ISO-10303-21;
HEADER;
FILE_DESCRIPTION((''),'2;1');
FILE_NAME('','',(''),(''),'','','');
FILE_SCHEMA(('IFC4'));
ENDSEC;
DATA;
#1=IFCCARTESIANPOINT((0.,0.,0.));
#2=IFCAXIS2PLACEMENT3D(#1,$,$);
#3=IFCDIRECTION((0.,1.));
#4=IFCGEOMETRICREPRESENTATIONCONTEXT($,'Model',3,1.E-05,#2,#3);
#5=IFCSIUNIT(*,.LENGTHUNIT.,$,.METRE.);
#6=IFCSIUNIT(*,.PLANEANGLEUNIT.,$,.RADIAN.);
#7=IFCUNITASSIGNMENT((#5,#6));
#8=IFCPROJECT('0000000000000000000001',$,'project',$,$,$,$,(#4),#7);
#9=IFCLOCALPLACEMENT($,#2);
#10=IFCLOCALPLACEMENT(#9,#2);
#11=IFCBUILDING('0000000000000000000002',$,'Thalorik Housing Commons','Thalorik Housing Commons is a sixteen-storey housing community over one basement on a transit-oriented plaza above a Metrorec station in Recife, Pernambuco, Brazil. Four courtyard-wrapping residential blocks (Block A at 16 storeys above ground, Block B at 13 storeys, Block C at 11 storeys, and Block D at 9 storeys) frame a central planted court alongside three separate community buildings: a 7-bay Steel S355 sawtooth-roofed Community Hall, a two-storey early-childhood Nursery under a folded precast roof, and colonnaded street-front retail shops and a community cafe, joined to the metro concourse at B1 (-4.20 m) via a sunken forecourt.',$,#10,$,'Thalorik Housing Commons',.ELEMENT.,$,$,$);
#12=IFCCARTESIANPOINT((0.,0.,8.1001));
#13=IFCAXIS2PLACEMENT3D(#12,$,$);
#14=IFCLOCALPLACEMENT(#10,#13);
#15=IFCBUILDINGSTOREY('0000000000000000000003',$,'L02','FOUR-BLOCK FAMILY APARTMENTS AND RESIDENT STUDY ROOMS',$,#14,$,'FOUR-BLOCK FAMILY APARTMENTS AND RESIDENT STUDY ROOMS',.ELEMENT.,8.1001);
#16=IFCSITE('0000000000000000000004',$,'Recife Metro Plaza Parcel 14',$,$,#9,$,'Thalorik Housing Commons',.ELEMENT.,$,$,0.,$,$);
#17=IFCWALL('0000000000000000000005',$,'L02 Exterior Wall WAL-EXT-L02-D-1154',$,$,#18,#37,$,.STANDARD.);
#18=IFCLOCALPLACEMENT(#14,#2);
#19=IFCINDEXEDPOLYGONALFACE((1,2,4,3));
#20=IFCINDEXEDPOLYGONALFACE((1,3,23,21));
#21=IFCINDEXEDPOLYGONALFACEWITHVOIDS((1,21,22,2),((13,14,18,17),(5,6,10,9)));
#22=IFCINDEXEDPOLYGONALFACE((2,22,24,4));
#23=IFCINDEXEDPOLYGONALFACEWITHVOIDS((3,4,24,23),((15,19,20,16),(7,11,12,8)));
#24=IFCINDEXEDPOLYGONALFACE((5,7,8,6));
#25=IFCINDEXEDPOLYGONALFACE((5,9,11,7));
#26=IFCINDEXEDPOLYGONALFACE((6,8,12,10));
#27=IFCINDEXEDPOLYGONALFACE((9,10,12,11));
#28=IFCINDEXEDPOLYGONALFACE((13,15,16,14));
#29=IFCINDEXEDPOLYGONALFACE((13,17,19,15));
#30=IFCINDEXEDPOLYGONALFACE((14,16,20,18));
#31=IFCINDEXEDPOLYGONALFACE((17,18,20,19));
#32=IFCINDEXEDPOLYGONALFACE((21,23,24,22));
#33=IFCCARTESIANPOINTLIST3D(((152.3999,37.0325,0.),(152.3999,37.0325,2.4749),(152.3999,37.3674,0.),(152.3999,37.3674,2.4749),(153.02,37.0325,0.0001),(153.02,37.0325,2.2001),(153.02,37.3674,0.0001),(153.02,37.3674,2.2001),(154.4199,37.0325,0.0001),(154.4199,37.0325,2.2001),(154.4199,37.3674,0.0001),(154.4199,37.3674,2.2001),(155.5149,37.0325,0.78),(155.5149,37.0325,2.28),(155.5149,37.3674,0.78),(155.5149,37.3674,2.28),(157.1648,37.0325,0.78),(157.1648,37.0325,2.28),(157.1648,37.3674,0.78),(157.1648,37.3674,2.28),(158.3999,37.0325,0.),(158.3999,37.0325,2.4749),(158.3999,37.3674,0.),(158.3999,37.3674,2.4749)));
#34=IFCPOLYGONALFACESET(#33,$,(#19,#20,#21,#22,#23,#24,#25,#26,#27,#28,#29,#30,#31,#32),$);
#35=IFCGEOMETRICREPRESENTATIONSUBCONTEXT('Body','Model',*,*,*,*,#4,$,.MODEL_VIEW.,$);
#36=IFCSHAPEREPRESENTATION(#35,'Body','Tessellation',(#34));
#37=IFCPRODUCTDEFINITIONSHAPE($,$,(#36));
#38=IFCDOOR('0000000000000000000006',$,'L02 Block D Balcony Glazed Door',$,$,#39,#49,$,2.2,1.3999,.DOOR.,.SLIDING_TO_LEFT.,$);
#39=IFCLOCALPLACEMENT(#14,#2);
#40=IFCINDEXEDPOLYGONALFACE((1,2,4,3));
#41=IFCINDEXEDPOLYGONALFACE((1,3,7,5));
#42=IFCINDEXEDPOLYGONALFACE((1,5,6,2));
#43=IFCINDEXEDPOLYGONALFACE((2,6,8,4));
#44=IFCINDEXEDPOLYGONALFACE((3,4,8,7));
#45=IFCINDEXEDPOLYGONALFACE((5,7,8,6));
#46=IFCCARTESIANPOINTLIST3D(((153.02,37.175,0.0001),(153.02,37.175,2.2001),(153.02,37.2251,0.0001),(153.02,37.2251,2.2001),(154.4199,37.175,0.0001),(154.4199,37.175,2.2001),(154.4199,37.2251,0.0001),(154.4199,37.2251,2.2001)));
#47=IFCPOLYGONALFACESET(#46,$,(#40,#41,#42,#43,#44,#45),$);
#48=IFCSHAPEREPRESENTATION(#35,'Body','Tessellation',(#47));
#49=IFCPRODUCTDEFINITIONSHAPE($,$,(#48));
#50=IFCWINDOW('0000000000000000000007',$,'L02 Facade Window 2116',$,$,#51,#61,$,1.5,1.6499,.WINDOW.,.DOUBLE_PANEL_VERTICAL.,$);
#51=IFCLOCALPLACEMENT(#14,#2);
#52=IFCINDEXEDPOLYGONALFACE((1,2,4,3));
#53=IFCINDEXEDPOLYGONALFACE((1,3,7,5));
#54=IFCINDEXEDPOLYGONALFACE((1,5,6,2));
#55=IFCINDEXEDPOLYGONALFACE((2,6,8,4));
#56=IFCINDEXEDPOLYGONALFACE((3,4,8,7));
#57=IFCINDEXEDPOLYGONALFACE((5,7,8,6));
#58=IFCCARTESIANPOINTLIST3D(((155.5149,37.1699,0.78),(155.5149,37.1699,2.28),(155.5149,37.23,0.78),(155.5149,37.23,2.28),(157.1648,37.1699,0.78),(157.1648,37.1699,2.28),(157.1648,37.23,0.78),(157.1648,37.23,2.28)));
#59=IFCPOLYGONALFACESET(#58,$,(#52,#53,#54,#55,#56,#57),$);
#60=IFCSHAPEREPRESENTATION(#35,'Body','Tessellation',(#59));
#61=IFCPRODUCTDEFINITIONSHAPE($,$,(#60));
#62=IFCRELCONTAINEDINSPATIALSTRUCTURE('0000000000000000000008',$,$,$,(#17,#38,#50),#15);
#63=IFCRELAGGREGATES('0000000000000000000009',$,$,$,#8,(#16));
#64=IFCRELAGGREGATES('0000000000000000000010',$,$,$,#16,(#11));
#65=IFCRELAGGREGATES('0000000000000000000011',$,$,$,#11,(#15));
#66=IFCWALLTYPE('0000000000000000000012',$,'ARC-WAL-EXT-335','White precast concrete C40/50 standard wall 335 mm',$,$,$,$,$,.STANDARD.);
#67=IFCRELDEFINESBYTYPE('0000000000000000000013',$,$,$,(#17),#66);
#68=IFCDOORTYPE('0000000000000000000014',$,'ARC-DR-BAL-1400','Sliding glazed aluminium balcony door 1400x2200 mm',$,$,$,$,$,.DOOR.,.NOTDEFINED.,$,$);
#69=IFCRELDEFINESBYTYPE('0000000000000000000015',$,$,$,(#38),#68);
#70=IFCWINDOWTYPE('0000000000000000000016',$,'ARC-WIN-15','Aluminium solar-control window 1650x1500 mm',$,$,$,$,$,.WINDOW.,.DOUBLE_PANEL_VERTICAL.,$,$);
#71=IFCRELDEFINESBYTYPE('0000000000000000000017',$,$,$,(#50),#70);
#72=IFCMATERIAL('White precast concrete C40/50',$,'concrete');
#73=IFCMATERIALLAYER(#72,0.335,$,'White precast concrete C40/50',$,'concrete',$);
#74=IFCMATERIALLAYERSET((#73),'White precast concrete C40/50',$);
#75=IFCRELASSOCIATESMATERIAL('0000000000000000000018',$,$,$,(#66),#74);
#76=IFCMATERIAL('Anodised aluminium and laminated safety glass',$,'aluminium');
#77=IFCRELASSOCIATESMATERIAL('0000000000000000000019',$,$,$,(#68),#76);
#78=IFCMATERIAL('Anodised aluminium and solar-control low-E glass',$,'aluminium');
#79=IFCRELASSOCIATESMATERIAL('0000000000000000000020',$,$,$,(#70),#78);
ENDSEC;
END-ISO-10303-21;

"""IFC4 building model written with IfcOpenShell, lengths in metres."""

from ifc_helpers import new_model, si_unit, direction, frame, frame_2d, origin, place, context, subcontext, project, spatial, rectangle, extrude, material, layer, layer_set, type_object, element, fill, save


model = new_model("IFC4")

# Units and contexts
model_context = context("Model", 3, precision=1e-05, world=origin(), true_north=direction((0.0, 1.0)))
body_context = subcontext(model_context, "Body", "Model", "MODEL_VIEW")
ifc_project = project(units=[si_unit("LENGTHUNIT", "METRE"), si_unit("PLANEANGLEUNIT", "RADIAN")], contexts=[model_context])

# Site, building, storey
site_placement = place(None, origin())
site = spatial("IfcSite", under=ifc_project, at=site_placement, Name="Recife Metro Plaza Parcel 14", LongName="Thalorik Housing Commons", CompositionType="ELEMENT", RefElevation=0.0)
building_placement = place(site_placement, origin())
building = spatial("IfcBuilding", under=site, at=building_placement, Name="Thalorik Housing Commons", Description="Thalorik Housing Commons is a sixteen-storey housing community over one basement on a transit-oriented plaza above a Metrorec station in Recife, Pernambuco, Brazil. Four courtyard-wrapping residential blocks (Block A at 16 storeys above ground, Block B at 13 storeys, Block C at 11 storeys, and Block D at 9 storeys) frame a central planted court alongside three separate community buildings: a 7-bay Steel S355 sawtooth-roofed Community Hall, a two-storey early-childhood Nursery under a folded precast roof, and colonnaded street-front retail shops and a community cafe, joined to the metro concourse at B1 (-4.20 m) via a sunken forecourt.", LongName="Thalorik Housing Commons", CompositionType="ELEMENT")
storey_placement = place(building_placement, frame((0.0, 0.0, 8.1001)))
storey = spatial("IfcBuildingStorey", under=building, at=storey_placement, Name="L02", Description="FOUR-BLOCK FAMILY APARTMENTS AND RESIDENT STUDY ROOMS", LongName="FOUR-BLOCK FAMILY APARTMENTS AND RESIDENT STUDY ROOMS", CompositionType="ELEMENT", Elevation=8.1001)

# Wall, openings, door, window
ifc_material_1 = material(Name="White precast concrete C40/50", Category="concrete")
ifc_layer_1 = layer(ifc_material_1, 0.335, Name="White precast concrete C40/50", Category="concrete")
ifc_layer_set_1 = layer_set([ifc_layer_1], Name="White precast concrete C40/50")
wall_type = type_object("IfcWallType", Name="ARC-WAL-EXT-335", Description="White precast concrete C40/50 standard wall 335 mm", PredefinedType="STANDARD", material=ifc_layer_set_1)
wall_placement = place(storey_placement, frame((152.3999, 37.2, 0.0), z_axis=(0.0, 0.0, 1.0), x_axis=(1.0, 0.0, 0.0)))
wall = element("IfcWall", 1, at=wall_placement, inside=storey, type_object=wall_type, Name="L02 Exterior Wall WAL-EXT-L02-D-1154", PredefinedType="STANDARD", context=body_context, shape_type="SweptSolid", body=[
    extrude(rectangle(XDim=6.0, YDim=0.335, at=frame_2d((3.0, 0.0))), origin(), (0.0, 0.0, 1.0), 2.4749),
])
opening_1_placement = place(wall_placement, frame((0.6201, 0.0, 0.0)))
opening_1 = element("IfcOpeningElement", 2, at=opening_1_placement, cuts=wall, PredefinedType="OPENING", context=body_context, shape_type="SweptSolid", body=[
    extrude(rectangle(XDim=1.3999, YDim=2.2, at=frame_2d((0.7, 1.1001))), frame((0.0, 0.1775, 0.0), z_axis=(0.0, -1.0, 0.0), x_axis=(1.0, 0.0, 0.0)), (0.0, 0.0, 1.0), 0.355),
])
opening_2_placement = place(wall_placement, frame((3.115, 0.0, 0.78)))
opening_2 = element("IfcOpeningElement", 3, at=opening_2_placement, cuts=wall, PredefinedType="OPENING", context=body_context, shape_type="SweptSolid", body=[
    extrude(rectangle(XDim=1.6499, YDim=1.5, at=frame_2d((0.825, 0.75))), frame((0.0, 0.1775, 0.0), z_axis=(0.0, -1.0, 0.0), x_axis=(1.0, 0.0, 0.0)), (0.0, 0.0, 1.0), 0.355),
])
ifc_material_2 = material(Name="Anodised aluminium and laminated safety glass", Category="aluminium")
door_type = type_object("IfcDoorType", Name="ARC-DR-BAL-1400", Description="Sliding glazed aluminium balcony door 1400x2200 mm", OperationType="NOTDEFINED", PredefinedType="DOOR", material=ifc_material_2)
door_placement = place(opening_1_placement, frame((1.3999, 0.0, 0.0), z_axis=(0.0, 0.0, 1.0), x_axis=(-1.0, 0.0, 0.0)))
door = element("IfcDoor", 4, at=door_placement, inside=storey, type_object=door_type, Name="L02 Block D Balcony Glazed Door", OperationType="SLIDING_TO_LEFT", OverallHeight=2.2, OverallWidth=1.3999, PredefinedType="DOOR", context=body_context, shape_type="SweptSolid", body=[
    extrude(rectangle(XDim=1.3999, YDim=2.2, at=frame_2d((0.7, 1.1001))), frame((0.0, 0.0249, 0.0), z_axis=(0.0, -1.0, 0.0), x_axis=(1.0, 0.0, 0.0)), (0.0, 0.0, 1.0), 0.05),
])
fill(opening_1, door)
ifc_material_3 = material(Name="Anodised aluminium and solar-control low-E glass", Category="aluminium")
window_type = type_object("IfcWindowType", Name="ARC-WIN-15", Description="Aluminium solar-control window 1650x1500 mm", PartitioningType="DOUBLE_PANEL_VERTICAL", PredefinedType="WINDOW", material=ifc_material_3)
window_placement = place(opening_2_placement, origin())
window = element("IfcWindow", 5, at=window_placement, inside=storey, type_object=window_type, Name="L02 Facade Window 2116", OverallHeight=1.5, OverallWidth=1.6499, PartitioningType="DOUBLE_PANEL_VERTICAL", PredefinedType="WINDOW", context=body_context, shape_type="SweptSolid", body=[
    extrude(rectangle(XDim=1.6499, YDim=1.5, at=frame_2d((0.825, 0.75))), frame((0.0, 0.03, 0.0), z_axis=(0.0, -1.0, 0.0), x_axis=(1.0, 0.0, 0.0)), (0.0, 0.0, 1.0), 0.0601),
])
fill(opening_2, window)

save(model, "model.ifc")
